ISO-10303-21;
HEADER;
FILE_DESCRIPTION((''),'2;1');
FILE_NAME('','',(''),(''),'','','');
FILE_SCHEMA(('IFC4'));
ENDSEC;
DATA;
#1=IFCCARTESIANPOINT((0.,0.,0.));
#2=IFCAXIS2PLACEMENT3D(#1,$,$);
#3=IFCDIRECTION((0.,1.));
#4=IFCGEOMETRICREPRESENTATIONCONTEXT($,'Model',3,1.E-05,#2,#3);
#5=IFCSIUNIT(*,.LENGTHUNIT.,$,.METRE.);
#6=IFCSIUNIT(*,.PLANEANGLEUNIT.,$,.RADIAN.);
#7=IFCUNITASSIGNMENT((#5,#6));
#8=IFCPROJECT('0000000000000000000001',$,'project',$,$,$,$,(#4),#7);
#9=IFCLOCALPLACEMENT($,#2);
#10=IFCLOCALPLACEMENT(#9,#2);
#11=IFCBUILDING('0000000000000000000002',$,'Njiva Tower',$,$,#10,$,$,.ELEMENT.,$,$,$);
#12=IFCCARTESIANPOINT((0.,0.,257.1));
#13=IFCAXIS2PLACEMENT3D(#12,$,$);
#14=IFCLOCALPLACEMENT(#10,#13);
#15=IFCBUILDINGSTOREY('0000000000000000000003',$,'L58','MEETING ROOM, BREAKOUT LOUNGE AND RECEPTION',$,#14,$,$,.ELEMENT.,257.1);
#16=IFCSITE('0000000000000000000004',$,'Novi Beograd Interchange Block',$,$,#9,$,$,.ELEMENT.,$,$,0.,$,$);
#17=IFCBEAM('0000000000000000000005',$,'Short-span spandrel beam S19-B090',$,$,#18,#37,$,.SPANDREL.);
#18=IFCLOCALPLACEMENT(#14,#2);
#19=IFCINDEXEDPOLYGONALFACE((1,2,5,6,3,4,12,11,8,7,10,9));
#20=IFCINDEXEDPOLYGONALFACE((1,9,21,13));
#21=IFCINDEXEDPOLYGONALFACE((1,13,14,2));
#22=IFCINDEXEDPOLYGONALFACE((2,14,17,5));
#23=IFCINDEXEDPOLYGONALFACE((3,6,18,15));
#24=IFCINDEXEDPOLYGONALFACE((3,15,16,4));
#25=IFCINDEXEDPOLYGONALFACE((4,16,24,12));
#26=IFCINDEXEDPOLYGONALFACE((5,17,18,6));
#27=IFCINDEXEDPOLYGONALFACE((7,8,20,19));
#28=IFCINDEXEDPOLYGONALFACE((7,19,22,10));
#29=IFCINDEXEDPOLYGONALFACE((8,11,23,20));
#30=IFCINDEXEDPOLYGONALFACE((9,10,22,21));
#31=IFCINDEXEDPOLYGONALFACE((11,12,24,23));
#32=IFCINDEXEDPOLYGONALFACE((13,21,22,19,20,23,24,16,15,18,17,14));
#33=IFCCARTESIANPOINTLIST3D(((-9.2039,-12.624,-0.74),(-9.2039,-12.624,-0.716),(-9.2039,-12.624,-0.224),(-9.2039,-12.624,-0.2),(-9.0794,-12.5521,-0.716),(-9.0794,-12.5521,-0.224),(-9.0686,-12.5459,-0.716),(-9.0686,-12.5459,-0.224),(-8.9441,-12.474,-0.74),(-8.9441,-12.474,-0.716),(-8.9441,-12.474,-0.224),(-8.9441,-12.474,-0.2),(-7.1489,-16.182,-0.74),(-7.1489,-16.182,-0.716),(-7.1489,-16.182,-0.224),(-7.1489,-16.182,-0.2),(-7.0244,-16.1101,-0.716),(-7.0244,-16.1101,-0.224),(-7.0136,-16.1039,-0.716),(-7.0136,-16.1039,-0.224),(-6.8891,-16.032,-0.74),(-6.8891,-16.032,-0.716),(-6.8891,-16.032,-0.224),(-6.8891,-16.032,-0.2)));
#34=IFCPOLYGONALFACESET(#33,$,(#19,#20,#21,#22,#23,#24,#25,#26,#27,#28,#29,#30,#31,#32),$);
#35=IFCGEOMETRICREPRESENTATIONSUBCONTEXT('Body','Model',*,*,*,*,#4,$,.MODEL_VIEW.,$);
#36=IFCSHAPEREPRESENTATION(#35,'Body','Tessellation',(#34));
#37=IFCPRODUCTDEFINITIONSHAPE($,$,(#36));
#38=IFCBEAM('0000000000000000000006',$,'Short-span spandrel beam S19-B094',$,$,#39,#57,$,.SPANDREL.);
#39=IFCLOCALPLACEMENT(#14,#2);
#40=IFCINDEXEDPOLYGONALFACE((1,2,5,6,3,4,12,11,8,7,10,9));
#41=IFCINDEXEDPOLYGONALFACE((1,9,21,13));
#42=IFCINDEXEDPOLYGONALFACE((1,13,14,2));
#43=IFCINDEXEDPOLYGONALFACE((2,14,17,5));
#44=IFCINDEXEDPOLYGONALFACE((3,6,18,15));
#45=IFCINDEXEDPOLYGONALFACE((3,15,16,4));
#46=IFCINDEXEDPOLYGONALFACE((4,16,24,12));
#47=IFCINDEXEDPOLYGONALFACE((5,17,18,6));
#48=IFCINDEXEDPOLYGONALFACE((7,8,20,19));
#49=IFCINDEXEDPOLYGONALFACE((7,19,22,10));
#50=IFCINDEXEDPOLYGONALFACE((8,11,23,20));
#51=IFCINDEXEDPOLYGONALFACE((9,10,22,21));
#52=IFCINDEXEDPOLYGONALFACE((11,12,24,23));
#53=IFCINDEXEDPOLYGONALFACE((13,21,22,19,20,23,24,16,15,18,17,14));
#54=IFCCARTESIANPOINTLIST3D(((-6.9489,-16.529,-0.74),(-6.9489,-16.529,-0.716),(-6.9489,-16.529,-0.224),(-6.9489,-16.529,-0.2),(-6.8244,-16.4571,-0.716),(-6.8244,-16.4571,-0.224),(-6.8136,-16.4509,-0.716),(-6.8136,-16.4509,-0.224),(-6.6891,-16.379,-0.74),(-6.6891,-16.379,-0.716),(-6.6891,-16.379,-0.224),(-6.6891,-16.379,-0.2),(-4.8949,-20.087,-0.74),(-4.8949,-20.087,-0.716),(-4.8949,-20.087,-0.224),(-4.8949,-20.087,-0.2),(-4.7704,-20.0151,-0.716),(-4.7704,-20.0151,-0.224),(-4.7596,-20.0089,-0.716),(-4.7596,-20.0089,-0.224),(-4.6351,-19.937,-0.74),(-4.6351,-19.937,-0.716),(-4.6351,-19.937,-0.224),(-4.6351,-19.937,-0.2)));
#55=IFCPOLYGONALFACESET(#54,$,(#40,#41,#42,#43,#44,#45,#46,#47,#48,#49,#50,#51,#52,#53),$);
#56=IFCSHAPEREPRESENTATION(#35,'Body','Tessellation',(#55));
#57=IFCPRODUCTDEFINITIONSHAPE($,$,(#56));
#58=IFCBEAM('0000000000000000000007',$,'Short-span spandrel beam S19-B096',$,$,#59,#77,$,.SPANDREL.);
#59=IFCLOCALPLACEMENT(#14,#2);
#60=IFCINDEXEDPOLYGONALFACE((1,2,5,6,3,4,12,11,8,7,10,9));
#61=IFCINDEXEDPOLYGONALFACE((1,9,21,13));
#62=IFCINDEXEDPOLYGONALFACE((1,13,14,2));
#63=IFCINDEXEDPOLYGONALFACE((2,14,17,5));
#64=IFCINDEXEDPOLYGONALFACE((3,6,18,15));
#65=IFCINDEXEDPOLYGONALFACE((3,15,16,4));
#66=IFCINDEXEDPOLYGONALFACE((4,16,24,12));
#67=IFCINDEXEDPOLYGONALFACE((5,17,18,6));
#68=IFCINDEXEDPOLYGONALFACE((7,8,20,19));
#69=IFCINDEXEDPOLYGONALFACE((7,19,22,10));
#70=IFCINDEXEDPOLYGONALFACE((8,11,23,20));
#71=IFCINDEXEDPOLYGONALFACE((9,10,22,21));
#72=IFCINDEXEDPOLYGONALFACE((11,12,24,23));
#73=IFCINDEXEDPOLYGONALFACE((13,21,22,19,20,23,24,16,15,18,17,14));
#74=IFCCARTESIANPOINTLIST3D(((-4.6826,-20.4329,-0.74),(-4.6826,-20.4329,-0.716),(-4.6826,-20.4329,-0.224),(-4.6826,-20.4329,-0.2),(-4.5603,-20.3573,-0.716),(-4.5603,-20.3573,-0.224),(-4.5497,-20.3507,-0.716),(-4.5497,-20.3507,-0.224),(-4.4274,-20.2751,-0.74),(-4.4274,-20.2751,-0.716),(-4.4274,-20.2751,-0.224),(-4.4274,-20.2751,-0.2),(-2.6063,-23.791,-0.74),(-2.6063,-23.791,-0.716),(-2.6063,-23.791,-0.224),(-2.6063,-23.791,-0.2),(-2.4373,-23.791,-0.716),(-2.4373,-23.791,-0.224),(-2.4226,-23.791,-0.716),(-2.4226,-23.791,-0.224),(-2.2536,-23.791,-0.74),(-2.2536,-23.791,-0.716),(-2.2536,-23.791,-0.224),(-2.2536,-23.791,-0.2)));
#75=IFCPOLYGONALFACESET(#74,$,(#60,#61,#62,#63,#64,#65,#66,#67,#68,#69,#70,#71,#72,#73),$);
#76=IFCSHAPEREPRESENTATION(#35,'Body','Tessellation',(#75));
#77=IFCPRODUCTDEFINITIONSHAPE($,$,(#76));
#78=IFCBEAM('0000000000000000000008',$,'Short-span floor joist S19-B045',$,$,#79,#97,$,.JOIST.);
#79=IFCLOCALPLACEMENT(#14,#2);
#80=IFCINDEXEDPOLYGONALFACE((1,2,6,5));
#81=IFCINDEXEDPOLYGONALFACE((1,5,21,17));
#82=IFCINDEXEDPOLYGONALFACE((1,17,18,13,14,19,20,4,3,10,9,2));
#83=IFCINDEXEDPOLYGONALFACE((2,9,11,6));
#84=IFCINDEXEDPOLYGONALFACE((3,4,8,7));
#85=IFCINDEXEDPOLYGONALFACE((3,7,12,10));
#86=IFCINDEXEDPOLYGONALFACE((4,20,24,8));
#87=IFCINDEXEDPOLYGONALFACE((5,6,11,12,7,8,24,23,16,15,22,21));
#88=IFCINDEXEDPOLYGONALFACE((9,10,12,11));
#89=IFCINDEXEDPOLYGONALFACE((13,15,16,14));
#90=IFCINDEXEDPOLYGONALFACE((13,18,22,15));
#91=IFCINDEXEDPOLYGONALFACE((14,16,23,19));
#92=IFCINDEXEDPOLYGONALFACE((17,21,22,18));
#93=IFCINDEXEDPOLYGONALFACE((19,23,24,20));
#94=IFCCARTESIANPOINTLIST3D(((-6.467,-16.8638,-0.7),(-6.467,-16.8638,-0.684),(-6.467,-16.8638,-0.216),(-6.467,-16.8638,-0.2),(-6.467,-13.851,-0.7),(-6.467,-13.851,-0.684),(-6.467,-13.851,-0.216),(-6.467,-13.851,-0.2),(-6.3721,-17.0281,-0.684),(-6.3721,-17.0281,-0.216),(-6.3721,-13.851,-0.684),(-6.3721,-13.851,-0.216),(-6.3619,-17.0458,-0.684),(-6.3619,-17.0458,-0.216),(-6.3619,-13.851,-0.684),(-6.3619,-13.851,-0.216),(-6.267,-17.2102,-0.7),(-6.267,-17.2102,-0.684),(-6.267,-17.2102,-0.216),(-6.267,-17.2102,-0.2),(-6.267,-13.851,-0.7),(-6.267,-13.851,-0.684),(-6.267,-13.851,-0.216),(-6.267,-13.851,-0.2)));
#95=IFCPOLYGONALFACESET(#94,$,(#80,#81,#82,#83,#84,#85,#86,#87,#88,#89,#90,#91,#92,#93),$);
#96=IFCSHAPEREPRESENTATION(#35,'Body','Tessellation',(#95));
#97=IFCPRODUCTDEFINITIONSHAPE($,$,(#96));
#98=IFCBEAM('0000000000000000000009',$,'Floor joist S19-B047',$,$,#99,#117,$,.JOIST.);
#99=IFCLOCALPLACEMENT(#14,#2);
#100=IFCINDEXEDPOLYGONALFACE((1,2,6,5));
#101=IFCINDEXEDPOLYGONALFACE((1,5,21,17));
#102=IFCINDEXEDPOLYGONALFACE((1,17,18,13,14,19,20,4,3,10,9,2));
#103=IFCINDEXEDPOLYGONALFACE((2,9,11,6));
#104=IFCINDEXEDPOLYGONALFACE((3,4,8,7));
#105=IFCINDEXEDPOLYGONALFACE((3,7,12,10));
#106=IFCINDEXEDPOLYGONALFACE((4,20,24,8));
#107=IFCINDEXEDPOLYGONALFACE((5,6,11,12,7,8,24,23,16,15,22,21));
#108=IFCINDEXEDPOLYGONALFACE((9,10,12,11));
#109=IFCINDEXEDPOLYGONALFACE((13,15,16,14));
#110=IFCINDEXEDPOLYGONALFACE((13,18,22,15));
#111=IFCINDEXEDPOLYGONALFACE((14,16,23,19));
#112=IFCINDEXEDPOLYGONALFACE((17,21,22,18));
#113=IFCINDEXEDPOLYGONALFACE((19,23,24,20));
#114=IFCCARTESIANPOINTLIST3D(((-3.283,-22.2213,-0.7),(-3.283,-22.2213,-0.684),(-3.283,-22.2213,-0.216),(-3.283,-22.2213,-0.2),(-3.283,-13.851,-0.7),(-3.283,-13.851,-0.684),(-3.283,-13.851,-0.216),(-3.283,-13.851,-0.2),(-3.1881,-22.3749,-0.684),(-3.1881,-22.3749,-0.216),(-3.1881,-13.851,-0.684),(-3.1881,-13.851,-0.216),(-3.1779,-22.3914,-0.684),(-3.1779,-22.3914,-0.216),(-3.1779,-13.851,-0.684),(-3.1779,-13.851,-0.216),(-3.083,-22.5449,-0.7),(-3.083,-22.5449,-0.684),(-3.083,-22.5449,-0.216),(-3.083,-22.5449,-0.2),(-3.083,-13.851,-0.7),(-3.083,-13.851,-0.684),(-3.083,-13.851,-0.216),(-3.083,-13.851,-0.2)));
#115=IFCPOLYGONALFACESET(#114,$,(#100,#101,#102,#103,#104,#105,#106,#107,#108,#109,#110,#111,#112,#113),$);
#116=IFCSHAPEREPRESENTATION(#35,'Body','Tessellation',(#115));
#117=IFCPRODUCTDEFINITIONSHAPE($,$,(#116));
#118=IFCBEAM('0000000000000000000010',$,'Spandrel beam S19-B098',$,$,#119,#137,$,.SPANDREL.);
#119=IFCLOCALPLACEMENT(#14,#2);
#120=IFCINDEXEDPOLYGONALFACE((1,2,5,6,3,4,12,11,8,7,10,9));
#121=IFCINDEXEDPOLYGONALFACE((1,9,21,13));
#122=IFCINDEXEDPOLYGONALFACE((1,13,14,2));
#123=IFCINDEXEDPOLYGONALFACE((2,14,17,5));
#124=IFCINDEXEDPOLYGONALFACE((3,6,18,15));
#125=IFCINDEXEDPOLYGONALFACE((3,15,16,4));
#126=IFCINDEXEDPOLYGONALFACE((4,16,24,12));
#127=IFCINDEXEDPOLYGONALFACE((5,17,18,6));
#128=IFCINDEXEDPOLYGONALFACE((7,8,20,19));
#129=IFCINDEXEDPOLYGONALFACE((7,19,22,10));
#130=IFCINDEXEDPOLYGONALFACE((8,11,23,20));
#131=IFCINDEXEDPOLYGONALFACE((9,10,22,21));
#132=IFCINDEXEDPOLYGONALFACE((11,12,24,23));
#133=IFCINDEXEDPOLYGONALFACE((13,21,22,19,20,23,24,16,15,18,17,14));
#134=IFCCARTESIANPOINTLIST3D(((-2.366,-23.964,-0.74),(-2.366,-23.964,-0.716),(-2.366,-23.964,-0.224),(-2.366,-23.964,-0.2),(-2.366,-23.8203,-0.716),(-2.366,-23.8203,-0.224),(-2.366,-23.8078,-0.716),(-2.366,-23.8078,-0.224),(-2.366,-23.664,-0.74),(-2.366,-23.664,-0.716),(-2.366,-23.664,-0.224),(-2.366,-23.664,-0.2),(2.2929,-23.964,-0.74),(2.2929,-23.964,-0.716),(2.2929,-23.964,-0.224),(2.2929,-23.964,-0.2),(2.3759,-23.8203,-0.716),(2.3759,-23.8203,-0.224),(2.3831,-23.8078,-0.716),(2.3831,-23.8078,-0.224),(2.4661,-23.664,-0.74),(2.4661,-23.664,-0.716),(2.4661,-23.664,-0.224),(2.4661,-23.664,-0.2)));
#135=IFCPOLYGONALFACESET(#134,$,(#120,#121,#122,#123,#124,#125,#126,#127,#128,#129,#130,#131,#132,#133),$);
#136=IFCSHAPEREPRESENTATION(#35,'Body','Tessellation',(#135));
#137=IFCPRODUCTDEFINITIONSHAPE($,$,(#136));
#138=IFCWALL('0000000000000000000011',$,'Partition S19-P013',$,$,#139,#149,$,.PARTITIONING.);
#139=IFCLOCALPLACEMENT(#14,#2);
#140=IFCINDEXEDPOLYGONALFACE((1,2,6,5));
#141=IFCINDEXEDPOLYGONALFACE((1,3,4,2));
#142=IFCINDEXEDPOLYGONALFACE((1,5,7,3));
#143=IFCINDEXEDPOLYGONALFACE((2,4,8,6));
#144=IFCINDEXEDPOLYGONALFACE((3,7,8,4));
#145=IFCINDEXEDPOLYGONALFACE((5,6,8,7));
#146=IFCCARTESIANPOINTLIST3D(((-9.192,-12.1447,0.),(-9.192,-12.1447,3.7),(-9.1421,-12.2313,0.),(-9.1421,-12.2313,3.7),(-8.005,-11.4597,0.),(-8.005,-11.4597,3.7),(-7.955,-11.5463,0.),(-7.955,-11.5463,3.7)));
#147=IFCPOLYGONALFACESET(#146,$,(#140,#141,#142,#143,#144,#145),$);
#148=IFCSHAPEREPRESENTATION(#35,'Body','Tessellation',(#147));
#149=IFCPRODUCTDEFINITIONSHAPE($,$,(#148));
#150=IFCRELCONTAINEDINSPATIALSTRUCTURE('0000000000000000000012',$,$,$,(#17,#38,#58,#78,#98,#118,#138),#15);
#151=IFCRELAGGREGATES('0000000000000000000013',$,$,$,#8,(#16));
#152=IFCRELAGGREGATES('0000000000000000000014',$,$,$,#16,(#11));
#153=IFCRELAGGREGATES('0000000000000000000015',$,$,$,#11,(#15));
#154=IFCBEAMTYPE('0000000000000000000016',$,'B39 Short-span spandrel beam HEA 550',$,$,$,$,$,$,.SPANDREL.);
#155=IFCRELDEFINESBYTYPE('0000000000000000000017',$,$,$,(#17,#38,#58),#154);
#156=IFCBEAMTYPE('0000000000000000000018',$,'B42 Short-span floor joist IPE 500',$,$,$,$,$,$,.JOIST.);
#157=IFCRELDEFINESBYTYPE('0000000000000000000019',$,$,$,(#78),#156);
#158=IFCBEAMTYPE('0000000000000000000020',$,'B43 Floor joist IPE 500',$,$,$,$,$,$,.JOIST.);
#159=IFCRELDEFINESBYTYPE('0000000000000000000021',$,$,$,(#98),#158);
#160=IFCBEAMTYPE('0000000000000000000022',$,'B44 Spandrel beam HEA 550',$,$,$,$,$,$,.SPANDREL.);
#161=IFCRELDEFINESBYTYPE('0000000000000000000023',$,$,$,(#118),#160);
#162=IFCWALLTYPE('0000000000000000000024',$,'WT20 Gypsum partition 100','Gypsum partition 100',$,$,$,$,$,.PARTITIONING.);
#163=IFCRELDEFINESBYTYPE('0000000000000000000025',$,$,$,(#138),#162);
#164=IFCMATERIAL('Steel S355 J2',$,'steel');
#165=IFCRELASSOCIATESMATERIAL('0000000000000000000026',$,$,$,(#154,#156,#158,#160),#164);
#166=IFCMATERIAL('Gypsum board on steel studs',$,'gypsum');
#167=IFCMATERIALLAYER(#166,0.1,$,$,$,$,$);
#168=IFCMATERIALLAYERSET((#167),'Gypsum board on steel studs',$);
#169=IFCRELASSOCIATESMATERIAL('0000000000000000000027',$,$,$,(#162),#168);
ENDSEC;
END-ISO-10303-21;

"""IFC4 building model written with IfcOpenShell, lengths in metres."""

from ifc_helpers import new_model, si_unit, direction, frame, frame_2d, origin, origin_2d, place, context, subcontext, project, spatial, rectangle, i_section, extrude, clip, halfspace, material, layer, layer_set, material_profile, profile_set, type_object, element, save


model = new_model("IFC4")

# Units and contexts
model_context = context("Model", 3, precision=1e-05, world=origin(), true_north=direction((0.0, 1.0)))
body_context = subcontext(model_context, "Body", "Model", "MODEL_VIEW")
ifc_project = project(units=[si_unit("LENGTHUNIT", "METRE"), si_unit("PLANEANGLEUNIT", "RADIAN")], contexts=[model_context])

# Site, building, storey
site_placement = place(None, origin())
site = spatial("IfcSite", under=ifc_project, at=site_placement, Name="Novi Beograd Interchange Block", CompositionType="ELEMENT", RefElevation=0.0)
building_placement = place(site_placement, origin())
building = spatial("IfcBuilding", under=site, at=building_placement, Name="Njiva Tower", CompositionType="ELEMENT")
storey_placement = place(building_placement, frame((0.0, 0.0, 257.1)))
storey = spatial("IfcBuildingStorey", under=building, at=storey_placement, Name="L58", Description="MEETING ROOM, BREAKOUT LOUNGE AND RECEPTION", CompositionType="ELEMENT", Elevation=257.1)

# Shared definitions
ifc_material_1 = material(Name="Steel S355 J2", Category="steel")

# Beams
ifc_material_profile_1 = material_profile(ifc_material_1, i_section(OverallWidth=0.3, OverallDepth=0.54, WebThickness=0.0125, FlangeThickness=0.024, at=origin_2d()), Name="HEA 550")
ifc_profile_set_1 = profile_set([ifc_material_profile_1], Name="Steel S355 J2")
beam_type_1 = type_object("IfcBeamType", Name="B39 Short-span spandrel beam HEA 550", PredefinedType="SPANDREL", material=ifc_profile_set_1)
beam_1_placement = place(storey_placement, frame((-9.074, -12.549, -0.47), z_axis=(0.500144, -0.865942, 0.0), x_axis=(0.865942, 0.500144, 0.0)))
element("IfcBeam", 1, at=beam_1_placement, inside=storey, type_object=beam_type_1, Name="Short-span spandrel beam S19-B090", PredefinedType="SPANDREL", context=body_context, shape_type="SweptSolid", body=[
    extrude(i_section(OverallWidth=0.3, OverallDepth=0.54, WebThickness=0.0125, FlangeThickness=0.024, at=origin_2d()), origin(), (0.0, 0.0, 1.0), 4.1088),
])
beam_2_placement = place(storey_placement, frame((-6.819, -16.454, -0.47), z_axis=(0.499961, -0.866048, 0.0), x_axis=(0.866048, 0.499961, 0.0)))
element("IfcBeam", 2, at=beam_2_placement, inside=storey, type_object=beam_type_1, Name="Short-span spandrel beam S19-B094", PredefinedType="SPANDREL", context=body_context, shape_type="SweptSolid", body=[
    extrude(i_section(OverallWidth=0.3, OverallDepth=0.54, WebThickness=0.0125, FlangeThickness=0.024, at=origin_2d()), origin(), (0.0, 0.0, 1.0), 4.1083),
])
beam_3_placement = place(storey_placement, frame((-4.555, -20.354, -0.47), z_axis=(0.525877, -0.85056, 0.0), x_axis=(0.85056, 0.525877, 0.0)))
element("IfcBeam", 3, at=beam_3_placement, inside=storey, type_object=beam_type_1, Name="Short-span spandrel beam S19-B096", PredefinedType="SPANDREL", context=body_context, shape_type="Clipping", body=[
    clip(extrude(i_section(OverallWidth=0.3, OverallDepth=0.54, WebThickness=0.0125, FlangeThickness=0.024, at=origin_2d()), origin(), (0.0, 0.0, 1.0), 4.1539), halfspace(frame((-0.0265, 0.0, 4.0245), z_axis=(-0.525877, 0.0, 0.85056), x_axis=(0.0, 1.0, 0.0)), False)),
])
ifc_material_profile_2 = material_profile(ifc_material_1, i_section(OverallWidth=0.2, OverallDepth=0.5, WebThickness=0.0102, FlangeThickness=0.016, at=origin_2d()), Name="IPE 500")
ifc_profile_set_2 = profile_set([ifc_material_profile_2], Name="Steel S355 J2")
beam_type_2 = type_object("IfcBeamType", Name="B42 Short-span floor joist IPE 500", PredefinedType="JOIST", material=ifc_profile_set_2)
beam_4_placement = place(storey_placement, frame((-6.367, -13.851, -0.45), z_axis=(0.0, -1.0, 0.0), x_axis=(1.0, 0.0, 0.0)))
element("IfcBeam", 4, at=beam_4_placement, inside=storey, type_object=beam_type_2, Name="Short-span floor joist S19-B045", PredefinedType="JOIST", context=body_context, shape_type="Clipping", body=[
    clip(extrude(i_section(OverallWidth=0.2, OverallDepth=0.5, WebThickness=0.0102, FlangeThickness=0.016, at=origin_2d()), origin(), (0.0, 0.0, 1.0), 3.38), halfspace(frame((-0.043, 0.0, 3.1115), z_axis=(-0.866027, 0.0, 0.499998), x_axis=(0.0, 1.0, 0.0)), False)),
])
ifc_material_profile_3 = material_profile(ifc_material_1, i_section(OverallWidth=0.2, OverallDepth=0.5, WebThickness=0.0102, FlangeThickness=0.016, at=origin_2d()), Name="IPE 500")
ifc_profile_set_3 = profile_set([ifc_material_profile_3], Name="Steel S355 J2")
beam_type_3 = type_object("IfcBeamType", Name="B43 Floor joist IPE 500", PredefinedType="JOIST", material=ifc_profile_set_3)
beam_5_placement = place(storey_placement, frame((-3.183, -13.851, -0.45), z_axis=(0.0, -1.0, 0.0), x_axis=(1.0, 0.0, 0.0)))
element("IfcBeam", 5, at=beam_5_placement, inside=storey, type_object=beam_type_3, Name="Floor joist S19-B047", PredefinedType="JOIST", context=body_context, shape_type="Clipping", body=[
    clip(extrude(i_section(OverallWidth=0.2, OverallDepth=0.5, WebThickness=0.0102, FlangeThickness=0.016, at=origin_2d()), origin(), (0.0, 0.0, 1.0), 8.713), halfspace(frame((-0.0429, 0.0, 8.4627), z_axis=(-0.850616, 0.0, 0.525788), x_axis=(0.0, 1.0, 0.0)), False)),
])
ifc_material_profile_4 = material_profile(ifc_material_1, i_section(OverallWidth=0.3, OverallDepth=0.54, WebThickness=0.0125, FlangeThickness=0.024, at=origin_2d()), Name="HEA 550")
ifc_profile_set_4 = profile_set([ifc_material_profile_4], Name="Steel S355 J2")
beam_type_4 = type_object("IfcBeamType", Name="B44 Spandrel beam HEA 550", PredefinedType="SPANDREL", material=ifc_profile_set_4)
beam_6_placement = place(storey_placement, frame((-2.366, -23.814, -0.47), z_axis=(1.0, 0.0, 0.0), x_axis=(0.0, 1.0, 0.0)))
element("IfcBeam", 6, at=beam_6_placement, inside=storey, type_object=beam_type_4, Name="Spandrel beam S19-B098", PredefinedType="SPANDREL", context=body_context, shape_type="Clipping", body=[
    clip(extrude(i_section(OverallWidth=0.3, OverallDepth=0.54, WebThickness=0.0125, FlangeThickness=0.024, at=origin_2d()), origin(), (0.0, 0.0, 1.0), 4.853), halfspace(frame((-0.0246, 0.0, 4.7313), z_axis=(-0.499998, 0.0, 0.866027), x_axis=(0.0, 1.0, 0.0)), False)),
])

# Wall
ifc_material_2 = material(Name="Gypsum board on steel studs", Category="gypsum")
ifc_layer_1 = layer(ifc_material_2, 0.1)
ifc_layer_set_1 = layer_set([ifc_layer_1], Name="Gypsum board on steel studs")
wall_type_1 = type_object("IfcWallType", Name="WT20 Gypsum partition 100", Description="Gypsum partition 100", PredefinedType="PARTITIONING", material=ifc_layer_set_1)
wall_1_placement = place(storey_placement, frame((-9.167, -12.188, 0.0), z_axis=(0.0, 0.0, 1.0), x_axis=(0.866125, 0.499828, 0.0)))
element("IfcWall", 7, at=wall_1_placement, inside=storey, type_object=wall_type_1, Name="Partition S19-P013", PredefinedType="PARTITIONING", context=body_context, shape_type="SweptSolid", body=[
    extrude(rectangle(XDim=1.3705, YDim=0.1, at=frame_2d((0.6852, 0.0))), origin(), (0.0, 0.0, 1.0), 3.7),
])

save(model, "model.ifc")
